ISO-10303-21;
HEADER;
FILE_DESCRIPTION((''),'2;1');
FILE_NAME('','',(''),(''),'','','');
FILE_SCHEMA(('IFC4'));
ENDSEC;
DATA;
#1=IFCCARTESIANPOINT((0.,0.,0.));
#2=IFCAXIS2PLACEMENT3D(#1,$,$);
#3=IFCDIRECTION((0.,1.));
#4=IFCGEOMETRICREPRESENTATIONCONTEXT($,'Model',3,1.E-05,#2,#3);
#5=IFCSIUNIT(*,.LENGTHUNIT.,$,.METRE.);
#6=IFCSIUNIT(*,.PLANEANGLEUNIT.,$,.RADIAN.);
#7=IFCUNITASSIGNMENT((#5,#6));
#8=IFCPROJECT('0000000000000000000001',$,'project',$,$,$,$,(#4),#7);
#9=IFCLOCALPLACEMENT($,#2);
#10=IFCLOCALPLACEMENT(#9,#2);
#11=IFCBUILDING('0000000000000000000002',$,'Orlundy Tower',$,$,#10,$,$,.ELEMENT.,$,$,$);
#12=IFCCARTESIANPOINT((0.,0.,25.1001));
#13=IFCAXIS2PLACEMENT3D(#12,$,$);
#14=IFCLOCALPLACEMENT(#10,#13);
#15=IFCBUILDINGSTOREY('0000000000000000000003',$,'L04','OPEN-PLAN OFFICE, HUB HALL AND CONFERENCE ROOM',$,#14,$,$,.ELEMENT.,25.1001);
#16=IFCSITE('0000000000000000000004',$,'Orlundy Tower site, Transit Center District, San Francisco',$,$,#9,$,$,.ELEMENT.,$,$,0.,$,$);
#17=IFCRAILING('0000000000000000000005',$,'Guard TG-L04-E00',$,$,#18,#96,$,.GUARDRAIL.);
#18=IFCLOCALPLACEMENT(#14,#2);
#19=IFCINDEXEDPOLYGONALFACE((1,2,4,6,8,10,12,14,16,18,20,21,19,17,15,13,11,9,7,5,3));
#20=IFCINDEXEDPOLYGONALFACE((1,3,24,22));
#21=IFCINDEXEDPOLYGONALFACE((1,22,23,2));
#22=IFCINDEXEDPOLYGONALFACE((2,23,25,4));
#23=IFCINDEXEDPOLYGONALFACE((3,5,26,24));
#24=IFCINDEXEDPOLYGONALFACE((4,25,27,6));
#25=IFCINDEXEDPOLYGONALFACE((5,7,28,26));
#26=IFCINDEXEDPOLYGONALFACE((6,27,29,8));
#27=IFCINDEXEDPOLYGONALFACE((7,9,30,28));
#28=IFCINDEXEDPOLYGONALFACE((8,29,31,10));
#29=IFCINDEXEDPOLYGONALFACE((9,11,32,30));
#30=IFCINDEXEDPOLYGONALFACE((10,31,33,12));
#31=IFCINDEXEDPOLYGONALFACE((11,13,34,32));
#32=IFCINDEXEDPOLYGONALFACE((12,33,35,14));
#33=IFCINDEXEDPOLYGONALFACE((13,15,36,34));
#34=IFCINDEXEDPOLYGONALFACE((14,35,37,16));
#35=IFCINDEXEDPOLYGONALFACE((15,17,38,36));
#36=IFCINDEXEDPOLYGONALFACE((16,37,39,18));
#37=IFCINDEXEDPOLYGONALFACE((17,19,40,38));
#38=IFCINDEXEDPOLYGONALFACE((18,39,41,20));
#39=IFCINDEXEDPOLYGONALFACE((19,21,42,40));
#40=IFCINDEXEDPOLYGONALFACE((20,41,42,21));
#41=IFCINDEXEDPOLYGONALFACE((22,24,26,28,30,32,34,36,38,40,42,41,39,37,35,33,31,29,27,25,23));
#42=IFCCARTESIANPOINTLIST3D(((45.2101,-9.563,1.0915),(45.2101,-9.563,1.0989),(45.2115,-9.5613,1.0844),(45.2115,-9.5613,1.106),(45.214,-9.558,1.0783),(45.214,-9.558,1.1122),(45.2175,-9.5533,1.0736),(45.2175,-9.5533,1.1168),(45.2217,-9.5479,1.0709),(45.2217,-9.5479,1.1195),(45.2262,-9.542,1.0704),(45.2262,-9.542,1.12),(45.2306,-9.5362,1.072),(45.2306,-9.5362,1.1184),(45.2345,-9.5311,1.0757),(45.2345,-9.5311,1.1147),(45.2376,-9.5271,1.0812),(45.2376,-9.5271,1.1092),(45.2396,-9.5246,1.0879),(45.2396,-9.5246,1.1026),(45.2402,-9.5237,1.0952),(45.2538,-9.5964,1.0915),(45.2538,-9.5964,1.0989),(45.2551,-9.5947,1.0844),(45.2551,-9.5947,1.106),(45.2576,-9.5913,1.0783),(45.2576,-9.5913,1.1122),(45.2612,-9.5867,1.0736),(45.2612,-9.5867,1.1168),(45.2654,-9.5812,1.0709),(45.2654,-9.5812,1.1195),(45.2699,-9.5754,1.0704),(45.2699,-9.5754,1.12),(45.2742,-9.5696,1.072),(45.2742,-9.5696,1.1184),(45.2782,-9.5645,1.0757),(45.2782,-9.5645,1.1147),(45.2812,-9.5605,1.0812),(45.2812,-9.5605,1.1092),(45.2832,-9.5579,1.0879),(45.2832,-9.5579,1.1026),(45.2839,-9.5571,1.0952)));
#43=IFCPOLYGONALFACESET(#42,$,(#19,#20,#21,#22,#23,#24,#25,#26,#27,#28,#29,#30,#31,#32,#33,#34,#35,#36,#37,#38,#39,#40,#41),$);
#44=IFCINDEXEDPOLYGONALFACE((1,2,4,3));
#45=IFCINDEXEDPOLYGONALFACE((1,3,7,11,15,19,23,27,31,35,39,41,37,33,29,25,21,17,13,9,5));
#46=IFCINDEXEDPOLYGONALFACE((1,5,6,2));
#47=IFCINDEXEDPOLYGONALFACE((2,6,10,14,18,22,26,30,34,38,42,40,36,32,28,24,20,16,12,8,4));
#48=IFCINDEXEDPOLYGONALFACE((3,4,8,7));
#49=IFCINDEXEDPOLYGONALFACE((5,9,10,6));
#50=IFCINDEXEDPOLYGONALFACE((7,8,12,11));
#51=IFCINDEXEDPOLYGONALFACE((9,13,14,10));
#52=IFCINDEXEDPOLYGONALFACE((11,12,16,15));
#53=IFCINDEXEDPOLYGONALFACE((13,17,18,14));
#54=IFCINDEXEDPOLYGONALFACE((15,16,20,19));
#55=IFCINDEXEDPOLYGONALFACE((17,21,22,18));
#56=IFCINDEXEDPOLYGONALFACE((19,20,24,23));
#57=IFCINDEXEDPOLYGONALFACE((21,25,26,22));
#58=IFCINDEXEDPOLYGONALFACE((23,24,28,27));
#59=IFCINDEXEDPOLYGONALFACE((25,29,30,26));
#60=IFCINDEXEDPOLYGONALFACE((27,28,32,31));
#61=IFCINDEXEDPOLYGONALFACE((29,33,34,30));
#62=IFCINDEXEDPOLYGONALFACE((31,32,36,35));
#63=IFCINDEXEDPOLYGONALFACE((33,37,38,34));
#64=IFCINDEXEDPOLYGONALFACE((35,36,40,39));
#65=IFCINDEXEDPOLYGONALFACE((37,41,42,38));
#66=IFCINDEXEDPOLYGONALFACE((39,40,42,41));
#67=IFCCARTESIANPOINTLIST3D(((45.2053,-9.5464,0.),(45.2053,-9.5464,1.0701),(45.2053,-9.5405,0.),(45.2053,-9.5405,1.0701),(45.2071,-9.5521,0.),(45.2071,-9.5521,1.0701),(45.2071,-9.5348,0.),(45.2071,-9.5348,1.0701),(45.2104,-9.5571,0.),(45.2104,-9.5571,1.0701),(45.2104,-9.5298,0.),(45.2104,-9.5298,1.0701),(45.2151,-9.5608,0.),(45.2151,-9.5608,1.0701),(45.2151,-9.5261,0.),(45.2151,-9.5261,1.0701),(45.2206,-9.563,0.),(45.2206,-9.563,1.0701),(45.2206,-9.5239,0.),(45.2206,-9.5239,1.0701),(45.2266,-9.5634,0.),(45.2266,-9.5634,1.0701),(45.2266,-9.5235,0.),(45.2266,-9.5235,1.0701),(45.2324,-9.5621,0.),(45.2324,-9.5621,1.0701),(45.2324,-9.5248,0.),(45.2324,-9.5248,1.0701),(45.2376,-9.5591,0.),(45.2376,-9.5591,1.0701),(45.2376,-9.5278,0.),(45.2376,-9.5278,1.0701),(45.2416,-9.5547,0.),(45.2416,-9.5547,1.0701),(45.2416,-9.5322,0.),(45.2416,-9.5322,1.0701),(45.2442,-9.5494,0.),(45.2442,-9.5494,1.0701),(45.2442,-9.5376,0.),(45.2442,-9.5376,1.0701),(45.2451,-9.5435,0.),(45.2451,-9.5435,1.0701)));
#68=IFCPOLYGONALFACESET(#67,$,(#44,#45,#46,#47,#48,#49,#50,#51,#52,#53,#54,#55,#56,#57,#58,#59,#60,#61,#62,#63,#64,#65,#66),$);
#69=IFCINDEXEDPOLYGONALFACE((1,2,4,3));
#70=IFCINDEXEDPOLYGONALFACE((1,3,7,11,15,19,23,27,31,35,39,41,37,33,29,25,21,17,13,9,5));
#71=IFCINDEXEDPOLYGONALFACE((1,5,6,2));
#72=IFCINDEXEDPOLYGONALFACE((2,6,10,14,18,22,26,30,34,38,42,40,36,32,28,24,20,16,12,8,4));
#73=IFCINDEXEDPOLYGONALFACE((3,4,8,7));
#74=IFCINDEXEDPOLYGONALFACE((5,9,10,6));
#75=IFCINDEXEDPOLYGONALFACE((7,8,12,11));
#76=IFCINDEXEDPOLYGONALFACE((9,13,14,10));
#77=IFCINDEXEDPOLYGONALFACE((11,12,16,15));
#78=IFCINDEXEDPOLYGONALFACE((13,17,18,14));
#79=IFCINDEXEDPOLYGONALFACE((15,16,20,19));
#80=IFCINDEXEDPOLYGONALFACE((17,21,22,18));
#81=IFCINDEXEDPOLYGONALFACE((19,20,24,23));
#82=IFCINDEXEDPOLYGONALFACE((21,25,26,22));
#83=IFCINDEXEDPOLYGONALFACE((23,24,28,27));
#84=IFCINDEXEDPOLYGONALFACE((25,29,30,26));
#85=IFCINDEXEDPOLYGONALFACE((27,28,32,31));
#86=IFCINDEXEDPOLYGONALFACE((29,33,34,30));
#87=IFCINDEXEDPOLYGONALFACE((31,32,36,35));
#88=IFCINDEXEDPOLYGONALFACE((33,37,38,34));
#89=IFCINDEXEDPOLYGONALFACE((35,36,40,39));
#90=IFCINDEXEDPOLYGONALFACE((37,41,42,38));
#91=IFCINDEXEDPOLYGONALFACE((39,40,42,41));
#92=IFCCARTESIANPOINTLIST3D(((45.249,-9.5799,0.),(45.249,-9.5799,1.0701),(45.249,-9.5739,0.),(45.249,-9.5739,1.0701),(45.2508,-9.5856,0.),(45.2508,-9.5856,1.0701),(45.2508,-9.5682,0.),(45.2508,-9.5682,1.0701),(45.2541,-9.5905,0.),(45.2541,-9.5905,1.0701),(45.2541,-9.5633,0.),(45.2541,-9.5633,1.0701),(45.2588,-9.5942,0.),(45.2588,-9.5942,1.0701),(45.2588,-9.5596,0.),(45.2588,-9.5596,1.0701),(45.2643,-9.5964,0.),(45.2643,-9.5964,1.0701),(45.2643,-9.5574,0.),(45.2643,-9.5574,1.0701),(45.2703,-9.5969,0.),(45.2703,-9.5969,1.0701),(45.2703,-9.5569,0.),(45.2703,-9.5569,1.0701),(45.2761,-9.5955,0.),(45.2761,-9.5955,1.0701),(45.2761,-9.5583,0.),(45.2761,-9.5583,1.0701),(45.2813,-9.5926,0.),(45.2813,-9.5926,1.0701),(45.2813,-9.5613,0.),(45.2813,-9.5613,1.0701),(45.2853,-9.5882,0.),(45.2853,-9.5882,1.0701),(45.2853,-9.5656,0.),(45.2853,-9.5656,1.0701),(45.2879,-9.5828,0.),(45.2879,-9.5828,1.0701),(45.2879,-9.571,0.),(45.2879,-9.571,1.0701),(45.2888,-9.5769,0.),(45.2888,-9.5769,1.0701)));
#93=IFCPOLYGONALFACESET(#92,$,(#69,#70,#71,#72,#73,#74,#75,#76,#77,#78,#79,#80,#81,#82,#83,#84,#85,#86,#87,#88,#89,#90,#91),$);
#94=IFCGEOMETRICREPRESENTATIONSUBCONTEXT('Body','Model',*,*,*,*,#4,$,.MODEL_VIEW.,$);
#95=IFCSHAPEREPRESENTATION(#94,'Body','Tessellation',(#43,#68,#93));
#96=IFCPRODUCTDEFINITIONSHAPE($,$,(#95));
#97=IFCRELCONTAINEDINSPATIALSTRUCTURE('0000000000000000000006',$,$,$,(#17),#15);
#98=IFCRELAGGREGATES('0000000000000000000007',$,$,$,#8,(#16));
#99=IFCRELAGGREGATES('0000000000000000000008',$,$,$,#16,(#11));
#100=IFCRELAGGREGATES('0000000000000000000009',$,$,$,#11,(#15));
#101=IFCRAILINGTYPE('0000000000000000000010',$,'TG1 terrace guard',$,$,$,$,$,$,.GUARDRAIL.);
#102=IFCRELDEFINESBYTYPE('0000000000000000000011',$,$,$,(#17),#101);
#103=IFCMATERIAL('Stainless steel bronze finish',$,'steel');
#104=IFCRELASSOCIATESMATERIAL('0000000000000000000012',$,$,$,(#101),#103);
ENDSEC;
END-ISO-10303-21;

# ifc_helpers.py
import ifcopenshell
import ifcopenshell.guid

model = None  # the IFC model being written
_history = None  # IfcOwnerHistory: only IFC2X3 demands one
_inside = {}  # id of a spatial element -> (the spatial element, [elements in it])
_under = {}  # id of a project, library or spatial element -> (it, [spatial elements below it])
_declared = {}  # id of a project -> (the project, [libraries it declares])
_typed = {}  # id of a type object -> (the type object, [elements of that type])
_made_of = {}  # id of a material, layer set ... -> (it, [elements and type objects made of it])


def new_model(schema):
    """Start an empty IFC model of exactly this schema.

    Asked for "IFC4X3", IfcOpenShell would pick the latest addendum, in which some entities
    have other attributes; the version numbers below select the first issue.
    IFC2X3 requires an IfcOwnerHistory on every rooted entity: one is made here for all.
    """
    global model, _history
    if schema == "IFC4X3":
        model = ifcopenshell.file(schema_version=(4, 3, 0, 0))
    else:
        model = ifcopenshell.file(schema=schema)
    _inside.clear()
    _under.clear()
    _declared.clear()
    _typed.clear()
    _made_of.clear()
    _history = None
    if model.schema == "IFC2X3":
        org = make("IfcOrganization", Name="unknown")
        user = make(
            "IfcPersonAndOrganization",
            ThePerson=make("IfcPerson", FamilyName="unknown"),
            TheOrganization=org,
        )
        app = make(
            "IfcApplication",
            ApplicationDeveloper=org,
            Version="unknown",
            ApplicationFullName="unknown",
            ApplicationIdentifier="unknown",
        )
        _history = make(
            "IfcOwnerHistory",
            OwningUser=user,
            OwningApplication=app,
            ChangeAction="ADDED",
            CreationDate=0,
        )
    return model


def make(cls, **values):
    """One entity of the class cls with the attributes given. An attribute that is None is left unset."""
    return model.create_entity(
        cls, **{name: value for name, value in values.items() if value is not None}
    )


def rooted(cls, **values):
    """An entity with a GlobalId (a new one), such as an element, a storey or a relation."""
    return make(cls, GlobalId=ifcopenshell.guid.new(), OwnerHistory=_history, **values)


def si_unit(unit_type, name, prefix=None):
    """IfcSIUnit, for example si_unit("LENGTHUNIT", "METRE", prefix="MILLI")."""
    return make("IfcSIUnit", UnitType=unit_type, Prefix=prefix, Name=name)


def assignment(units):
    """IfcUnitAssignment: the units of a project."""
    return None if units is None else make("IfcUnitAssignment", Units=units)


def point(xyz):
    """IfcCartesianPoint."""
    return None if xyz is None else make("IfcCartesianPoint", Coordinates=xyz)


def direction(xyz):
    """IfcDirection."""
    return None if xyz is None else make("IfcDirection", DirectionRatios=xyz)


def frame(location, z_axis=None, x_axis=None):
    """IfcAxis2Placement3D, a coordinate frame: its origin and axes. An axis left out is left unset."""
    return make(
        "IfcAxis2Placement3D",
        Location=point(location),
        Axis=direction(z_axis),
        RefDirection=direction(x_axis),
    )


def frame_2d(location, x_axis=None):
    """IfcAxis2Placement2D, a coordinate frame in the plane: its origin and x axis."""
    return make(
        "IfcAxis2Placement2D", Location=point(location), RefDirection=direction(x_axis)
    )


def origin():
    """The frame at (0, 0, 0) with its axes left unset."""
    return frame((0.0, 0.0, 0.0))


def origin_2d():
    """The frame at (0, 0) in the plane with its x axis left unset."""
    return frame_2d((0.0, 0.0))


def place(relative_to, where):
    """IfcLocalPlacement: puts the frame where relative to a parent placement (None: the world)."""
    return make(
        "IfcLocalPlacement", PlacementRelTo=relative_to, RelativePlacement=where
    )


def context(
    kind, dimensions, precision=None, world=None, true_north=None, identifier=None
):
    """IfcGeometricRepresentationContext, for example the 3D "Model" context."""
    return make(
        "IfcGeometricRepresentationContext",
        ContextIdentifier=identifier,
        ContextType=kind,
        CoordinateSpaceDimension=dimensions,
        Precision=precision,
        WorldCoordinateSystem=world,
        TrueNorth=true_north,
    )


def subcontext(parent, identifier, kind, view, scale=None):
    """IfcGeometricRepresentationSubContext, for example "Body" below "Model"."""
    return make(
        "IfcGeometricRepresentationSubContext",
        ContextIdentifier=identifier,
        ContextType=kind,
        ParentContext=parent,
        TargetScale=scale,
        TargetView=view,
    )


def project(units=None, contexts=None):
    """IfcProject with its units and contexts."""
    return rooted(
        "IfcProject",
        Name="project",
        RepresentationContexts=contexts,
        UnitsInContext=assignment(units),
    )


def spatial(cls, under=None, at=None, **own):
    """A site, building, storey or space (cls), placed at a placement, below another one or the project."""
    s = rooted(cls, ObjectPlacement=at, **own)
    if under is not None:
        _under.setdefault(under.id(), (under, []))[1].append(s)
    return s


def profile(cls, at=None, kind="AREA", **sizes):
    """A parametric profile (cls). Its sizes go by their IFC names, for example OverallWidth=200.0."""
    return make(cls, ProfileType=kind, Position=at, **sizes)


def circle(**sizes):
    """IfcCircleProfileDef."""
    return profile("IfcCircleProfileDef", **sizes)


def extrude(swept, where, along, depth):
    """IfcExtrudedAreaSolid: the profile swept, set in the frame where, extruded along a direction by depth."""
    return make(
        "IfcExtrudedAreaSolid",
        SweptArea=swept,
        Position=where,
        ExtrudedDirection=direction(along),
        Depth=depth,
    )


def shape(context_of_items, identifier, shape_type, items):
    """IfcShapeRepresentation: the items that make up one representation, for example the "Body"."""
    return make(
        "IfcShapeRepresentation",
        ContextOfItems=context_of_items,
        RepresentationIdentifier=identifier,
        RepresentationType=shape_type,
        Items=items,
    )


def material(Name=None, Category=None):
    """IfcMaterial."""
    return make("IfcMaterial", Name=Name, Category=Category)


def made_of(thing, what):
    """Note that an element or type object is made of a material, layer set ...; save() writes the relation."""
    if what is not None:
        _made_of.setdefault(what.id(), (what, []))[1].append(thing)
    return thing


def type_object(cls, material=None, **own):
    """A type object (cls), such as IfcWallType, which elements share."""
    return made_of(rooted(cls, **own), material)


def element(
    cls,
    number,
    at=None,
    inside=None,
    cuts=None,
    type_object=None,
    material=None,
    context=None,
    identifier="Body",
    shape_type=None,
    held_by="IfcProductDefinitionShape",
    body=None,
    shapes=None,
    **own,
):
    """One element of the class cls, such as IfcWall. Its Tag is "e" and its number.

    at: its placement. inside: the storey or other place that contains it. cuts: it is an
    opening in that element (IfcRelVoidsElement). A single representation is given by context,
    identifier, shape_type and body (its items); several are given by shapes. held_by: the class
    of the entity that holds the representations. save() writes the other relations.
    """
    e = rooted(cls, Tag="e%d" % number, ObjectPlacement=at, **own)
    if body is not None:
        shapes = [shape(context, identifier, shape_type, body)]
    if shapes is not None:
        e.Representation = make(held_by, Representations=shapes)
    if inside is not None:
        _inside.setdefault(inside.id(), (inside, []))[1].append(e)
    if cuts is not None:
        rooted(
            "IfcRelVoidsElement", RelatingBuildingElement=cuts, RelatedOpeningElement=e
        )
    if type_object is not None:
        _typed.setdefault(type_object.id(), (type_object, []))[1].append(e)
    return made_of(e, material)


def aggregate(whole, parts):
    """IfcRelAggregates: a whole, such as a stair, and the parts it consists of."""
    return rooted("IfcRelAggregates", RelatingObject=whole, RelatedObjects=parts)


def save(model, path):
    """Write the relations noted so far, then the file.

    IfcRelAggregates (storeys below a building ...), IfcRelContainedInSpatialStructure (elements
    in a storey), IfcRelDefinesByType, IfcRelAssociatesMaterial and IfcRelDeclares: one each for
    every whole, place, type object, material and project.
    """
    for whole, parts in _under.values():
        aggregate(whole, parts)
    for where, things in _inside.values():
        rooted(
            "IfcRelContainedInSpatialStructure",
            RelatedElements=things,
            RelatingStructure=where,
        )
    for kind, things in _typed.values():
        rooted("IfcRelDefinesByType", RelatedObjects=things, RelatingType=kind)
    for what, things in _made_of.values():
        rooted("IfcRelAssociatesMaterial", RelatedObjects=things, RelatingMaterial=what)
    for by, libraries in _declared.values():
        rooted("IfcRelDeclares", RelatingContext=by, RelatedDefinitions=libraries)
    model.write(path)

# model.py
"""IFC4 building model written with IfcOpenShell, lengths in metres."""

from ifc_helpers import new_model, si_unit, direction, frame, origin, origin_2d, place, context, subcontext, project, spatial, circle, extrude, material, type_object, element, save


model = new_model("IFC4")

# Units and contexts
model_context = context("Model", 3, precision=1e-05, world=origin(), true_north=direction((0.0, 1.0)))
body_context = subcontext(model_context, "Body", "Model", "MODEL_VIEW")
ifc_project = project(units=[si_unit("LENGTHUNIT", "METRE"), si_unit("PLANEANGLEUNIT", "RADIAN")], contexts=[model_context])

# Site, building, storey
site_placement = place(None, origin())
site = spatial("IfcSite", under=ifc_project, at=site_placement, Name="Orlundy Tower site, Transit Center District, San Francisco", CompositionType="ELEMENT", RefElevation=0.0)
building_placement = place(site_placement, origin())
building = spatial("IfcBuilding", under=site, at=building_placement, Name="Orlundy Tower", CompositionType="ELEMENT")
storey_placement = place(building_placement, frame((0.0, 0.0, 25.1001)))
storey = spatial("IfcBuildingStorey", under=building, at=storey_placement, Name="L04", Description="OPEN-PLAN OFFICE, HUB HALL AND CONFERENCE ROOM", CompositionType="ELEMENT", Elevation=25.1001)

# Railing
ifc_material_1 = material(Name="Stainless steel bronze finish", Category="steel")
railing_type_1 = type_object("IfcRailingType", Name="TG1 terrace guard", PredefinedType="GUARDRAIL", material=ifc_material_1)
railing_1_placement = place(storey_placement, frame((45.2251, -9.5435, 0.0)))
element("IfcRailing", 1, at=railing_1_placement, inside=storey, type_object=railing_type_1, Name="Guard TG-L04-E00", PredefinedType="GUARDRAIL", context=body_context, shape_type="SweptSolid", body=[
    extrude(circle(Radius=0.0249, at=origin_2d()), frame((0.0, 0.0, 1.0952), z_axis=(0.794106, -0.607779, 0.0), x_axis=(0.607779, 0.794106, 0.0)), (0.0, 0.0, 1.0), 0.0549),
    extrude(circle(Radius=0.02, at=origin_2d()), origin(), (0.0, 0.0, 1.0), 1.0701),
    extrude(circle(Radius=0.02, at=origin_2d()), frame((0.0437, -0.0334, 0.0)), (0.0, 0.0, 1.0), 1.0701),
])

save(model, "model.ifc")
